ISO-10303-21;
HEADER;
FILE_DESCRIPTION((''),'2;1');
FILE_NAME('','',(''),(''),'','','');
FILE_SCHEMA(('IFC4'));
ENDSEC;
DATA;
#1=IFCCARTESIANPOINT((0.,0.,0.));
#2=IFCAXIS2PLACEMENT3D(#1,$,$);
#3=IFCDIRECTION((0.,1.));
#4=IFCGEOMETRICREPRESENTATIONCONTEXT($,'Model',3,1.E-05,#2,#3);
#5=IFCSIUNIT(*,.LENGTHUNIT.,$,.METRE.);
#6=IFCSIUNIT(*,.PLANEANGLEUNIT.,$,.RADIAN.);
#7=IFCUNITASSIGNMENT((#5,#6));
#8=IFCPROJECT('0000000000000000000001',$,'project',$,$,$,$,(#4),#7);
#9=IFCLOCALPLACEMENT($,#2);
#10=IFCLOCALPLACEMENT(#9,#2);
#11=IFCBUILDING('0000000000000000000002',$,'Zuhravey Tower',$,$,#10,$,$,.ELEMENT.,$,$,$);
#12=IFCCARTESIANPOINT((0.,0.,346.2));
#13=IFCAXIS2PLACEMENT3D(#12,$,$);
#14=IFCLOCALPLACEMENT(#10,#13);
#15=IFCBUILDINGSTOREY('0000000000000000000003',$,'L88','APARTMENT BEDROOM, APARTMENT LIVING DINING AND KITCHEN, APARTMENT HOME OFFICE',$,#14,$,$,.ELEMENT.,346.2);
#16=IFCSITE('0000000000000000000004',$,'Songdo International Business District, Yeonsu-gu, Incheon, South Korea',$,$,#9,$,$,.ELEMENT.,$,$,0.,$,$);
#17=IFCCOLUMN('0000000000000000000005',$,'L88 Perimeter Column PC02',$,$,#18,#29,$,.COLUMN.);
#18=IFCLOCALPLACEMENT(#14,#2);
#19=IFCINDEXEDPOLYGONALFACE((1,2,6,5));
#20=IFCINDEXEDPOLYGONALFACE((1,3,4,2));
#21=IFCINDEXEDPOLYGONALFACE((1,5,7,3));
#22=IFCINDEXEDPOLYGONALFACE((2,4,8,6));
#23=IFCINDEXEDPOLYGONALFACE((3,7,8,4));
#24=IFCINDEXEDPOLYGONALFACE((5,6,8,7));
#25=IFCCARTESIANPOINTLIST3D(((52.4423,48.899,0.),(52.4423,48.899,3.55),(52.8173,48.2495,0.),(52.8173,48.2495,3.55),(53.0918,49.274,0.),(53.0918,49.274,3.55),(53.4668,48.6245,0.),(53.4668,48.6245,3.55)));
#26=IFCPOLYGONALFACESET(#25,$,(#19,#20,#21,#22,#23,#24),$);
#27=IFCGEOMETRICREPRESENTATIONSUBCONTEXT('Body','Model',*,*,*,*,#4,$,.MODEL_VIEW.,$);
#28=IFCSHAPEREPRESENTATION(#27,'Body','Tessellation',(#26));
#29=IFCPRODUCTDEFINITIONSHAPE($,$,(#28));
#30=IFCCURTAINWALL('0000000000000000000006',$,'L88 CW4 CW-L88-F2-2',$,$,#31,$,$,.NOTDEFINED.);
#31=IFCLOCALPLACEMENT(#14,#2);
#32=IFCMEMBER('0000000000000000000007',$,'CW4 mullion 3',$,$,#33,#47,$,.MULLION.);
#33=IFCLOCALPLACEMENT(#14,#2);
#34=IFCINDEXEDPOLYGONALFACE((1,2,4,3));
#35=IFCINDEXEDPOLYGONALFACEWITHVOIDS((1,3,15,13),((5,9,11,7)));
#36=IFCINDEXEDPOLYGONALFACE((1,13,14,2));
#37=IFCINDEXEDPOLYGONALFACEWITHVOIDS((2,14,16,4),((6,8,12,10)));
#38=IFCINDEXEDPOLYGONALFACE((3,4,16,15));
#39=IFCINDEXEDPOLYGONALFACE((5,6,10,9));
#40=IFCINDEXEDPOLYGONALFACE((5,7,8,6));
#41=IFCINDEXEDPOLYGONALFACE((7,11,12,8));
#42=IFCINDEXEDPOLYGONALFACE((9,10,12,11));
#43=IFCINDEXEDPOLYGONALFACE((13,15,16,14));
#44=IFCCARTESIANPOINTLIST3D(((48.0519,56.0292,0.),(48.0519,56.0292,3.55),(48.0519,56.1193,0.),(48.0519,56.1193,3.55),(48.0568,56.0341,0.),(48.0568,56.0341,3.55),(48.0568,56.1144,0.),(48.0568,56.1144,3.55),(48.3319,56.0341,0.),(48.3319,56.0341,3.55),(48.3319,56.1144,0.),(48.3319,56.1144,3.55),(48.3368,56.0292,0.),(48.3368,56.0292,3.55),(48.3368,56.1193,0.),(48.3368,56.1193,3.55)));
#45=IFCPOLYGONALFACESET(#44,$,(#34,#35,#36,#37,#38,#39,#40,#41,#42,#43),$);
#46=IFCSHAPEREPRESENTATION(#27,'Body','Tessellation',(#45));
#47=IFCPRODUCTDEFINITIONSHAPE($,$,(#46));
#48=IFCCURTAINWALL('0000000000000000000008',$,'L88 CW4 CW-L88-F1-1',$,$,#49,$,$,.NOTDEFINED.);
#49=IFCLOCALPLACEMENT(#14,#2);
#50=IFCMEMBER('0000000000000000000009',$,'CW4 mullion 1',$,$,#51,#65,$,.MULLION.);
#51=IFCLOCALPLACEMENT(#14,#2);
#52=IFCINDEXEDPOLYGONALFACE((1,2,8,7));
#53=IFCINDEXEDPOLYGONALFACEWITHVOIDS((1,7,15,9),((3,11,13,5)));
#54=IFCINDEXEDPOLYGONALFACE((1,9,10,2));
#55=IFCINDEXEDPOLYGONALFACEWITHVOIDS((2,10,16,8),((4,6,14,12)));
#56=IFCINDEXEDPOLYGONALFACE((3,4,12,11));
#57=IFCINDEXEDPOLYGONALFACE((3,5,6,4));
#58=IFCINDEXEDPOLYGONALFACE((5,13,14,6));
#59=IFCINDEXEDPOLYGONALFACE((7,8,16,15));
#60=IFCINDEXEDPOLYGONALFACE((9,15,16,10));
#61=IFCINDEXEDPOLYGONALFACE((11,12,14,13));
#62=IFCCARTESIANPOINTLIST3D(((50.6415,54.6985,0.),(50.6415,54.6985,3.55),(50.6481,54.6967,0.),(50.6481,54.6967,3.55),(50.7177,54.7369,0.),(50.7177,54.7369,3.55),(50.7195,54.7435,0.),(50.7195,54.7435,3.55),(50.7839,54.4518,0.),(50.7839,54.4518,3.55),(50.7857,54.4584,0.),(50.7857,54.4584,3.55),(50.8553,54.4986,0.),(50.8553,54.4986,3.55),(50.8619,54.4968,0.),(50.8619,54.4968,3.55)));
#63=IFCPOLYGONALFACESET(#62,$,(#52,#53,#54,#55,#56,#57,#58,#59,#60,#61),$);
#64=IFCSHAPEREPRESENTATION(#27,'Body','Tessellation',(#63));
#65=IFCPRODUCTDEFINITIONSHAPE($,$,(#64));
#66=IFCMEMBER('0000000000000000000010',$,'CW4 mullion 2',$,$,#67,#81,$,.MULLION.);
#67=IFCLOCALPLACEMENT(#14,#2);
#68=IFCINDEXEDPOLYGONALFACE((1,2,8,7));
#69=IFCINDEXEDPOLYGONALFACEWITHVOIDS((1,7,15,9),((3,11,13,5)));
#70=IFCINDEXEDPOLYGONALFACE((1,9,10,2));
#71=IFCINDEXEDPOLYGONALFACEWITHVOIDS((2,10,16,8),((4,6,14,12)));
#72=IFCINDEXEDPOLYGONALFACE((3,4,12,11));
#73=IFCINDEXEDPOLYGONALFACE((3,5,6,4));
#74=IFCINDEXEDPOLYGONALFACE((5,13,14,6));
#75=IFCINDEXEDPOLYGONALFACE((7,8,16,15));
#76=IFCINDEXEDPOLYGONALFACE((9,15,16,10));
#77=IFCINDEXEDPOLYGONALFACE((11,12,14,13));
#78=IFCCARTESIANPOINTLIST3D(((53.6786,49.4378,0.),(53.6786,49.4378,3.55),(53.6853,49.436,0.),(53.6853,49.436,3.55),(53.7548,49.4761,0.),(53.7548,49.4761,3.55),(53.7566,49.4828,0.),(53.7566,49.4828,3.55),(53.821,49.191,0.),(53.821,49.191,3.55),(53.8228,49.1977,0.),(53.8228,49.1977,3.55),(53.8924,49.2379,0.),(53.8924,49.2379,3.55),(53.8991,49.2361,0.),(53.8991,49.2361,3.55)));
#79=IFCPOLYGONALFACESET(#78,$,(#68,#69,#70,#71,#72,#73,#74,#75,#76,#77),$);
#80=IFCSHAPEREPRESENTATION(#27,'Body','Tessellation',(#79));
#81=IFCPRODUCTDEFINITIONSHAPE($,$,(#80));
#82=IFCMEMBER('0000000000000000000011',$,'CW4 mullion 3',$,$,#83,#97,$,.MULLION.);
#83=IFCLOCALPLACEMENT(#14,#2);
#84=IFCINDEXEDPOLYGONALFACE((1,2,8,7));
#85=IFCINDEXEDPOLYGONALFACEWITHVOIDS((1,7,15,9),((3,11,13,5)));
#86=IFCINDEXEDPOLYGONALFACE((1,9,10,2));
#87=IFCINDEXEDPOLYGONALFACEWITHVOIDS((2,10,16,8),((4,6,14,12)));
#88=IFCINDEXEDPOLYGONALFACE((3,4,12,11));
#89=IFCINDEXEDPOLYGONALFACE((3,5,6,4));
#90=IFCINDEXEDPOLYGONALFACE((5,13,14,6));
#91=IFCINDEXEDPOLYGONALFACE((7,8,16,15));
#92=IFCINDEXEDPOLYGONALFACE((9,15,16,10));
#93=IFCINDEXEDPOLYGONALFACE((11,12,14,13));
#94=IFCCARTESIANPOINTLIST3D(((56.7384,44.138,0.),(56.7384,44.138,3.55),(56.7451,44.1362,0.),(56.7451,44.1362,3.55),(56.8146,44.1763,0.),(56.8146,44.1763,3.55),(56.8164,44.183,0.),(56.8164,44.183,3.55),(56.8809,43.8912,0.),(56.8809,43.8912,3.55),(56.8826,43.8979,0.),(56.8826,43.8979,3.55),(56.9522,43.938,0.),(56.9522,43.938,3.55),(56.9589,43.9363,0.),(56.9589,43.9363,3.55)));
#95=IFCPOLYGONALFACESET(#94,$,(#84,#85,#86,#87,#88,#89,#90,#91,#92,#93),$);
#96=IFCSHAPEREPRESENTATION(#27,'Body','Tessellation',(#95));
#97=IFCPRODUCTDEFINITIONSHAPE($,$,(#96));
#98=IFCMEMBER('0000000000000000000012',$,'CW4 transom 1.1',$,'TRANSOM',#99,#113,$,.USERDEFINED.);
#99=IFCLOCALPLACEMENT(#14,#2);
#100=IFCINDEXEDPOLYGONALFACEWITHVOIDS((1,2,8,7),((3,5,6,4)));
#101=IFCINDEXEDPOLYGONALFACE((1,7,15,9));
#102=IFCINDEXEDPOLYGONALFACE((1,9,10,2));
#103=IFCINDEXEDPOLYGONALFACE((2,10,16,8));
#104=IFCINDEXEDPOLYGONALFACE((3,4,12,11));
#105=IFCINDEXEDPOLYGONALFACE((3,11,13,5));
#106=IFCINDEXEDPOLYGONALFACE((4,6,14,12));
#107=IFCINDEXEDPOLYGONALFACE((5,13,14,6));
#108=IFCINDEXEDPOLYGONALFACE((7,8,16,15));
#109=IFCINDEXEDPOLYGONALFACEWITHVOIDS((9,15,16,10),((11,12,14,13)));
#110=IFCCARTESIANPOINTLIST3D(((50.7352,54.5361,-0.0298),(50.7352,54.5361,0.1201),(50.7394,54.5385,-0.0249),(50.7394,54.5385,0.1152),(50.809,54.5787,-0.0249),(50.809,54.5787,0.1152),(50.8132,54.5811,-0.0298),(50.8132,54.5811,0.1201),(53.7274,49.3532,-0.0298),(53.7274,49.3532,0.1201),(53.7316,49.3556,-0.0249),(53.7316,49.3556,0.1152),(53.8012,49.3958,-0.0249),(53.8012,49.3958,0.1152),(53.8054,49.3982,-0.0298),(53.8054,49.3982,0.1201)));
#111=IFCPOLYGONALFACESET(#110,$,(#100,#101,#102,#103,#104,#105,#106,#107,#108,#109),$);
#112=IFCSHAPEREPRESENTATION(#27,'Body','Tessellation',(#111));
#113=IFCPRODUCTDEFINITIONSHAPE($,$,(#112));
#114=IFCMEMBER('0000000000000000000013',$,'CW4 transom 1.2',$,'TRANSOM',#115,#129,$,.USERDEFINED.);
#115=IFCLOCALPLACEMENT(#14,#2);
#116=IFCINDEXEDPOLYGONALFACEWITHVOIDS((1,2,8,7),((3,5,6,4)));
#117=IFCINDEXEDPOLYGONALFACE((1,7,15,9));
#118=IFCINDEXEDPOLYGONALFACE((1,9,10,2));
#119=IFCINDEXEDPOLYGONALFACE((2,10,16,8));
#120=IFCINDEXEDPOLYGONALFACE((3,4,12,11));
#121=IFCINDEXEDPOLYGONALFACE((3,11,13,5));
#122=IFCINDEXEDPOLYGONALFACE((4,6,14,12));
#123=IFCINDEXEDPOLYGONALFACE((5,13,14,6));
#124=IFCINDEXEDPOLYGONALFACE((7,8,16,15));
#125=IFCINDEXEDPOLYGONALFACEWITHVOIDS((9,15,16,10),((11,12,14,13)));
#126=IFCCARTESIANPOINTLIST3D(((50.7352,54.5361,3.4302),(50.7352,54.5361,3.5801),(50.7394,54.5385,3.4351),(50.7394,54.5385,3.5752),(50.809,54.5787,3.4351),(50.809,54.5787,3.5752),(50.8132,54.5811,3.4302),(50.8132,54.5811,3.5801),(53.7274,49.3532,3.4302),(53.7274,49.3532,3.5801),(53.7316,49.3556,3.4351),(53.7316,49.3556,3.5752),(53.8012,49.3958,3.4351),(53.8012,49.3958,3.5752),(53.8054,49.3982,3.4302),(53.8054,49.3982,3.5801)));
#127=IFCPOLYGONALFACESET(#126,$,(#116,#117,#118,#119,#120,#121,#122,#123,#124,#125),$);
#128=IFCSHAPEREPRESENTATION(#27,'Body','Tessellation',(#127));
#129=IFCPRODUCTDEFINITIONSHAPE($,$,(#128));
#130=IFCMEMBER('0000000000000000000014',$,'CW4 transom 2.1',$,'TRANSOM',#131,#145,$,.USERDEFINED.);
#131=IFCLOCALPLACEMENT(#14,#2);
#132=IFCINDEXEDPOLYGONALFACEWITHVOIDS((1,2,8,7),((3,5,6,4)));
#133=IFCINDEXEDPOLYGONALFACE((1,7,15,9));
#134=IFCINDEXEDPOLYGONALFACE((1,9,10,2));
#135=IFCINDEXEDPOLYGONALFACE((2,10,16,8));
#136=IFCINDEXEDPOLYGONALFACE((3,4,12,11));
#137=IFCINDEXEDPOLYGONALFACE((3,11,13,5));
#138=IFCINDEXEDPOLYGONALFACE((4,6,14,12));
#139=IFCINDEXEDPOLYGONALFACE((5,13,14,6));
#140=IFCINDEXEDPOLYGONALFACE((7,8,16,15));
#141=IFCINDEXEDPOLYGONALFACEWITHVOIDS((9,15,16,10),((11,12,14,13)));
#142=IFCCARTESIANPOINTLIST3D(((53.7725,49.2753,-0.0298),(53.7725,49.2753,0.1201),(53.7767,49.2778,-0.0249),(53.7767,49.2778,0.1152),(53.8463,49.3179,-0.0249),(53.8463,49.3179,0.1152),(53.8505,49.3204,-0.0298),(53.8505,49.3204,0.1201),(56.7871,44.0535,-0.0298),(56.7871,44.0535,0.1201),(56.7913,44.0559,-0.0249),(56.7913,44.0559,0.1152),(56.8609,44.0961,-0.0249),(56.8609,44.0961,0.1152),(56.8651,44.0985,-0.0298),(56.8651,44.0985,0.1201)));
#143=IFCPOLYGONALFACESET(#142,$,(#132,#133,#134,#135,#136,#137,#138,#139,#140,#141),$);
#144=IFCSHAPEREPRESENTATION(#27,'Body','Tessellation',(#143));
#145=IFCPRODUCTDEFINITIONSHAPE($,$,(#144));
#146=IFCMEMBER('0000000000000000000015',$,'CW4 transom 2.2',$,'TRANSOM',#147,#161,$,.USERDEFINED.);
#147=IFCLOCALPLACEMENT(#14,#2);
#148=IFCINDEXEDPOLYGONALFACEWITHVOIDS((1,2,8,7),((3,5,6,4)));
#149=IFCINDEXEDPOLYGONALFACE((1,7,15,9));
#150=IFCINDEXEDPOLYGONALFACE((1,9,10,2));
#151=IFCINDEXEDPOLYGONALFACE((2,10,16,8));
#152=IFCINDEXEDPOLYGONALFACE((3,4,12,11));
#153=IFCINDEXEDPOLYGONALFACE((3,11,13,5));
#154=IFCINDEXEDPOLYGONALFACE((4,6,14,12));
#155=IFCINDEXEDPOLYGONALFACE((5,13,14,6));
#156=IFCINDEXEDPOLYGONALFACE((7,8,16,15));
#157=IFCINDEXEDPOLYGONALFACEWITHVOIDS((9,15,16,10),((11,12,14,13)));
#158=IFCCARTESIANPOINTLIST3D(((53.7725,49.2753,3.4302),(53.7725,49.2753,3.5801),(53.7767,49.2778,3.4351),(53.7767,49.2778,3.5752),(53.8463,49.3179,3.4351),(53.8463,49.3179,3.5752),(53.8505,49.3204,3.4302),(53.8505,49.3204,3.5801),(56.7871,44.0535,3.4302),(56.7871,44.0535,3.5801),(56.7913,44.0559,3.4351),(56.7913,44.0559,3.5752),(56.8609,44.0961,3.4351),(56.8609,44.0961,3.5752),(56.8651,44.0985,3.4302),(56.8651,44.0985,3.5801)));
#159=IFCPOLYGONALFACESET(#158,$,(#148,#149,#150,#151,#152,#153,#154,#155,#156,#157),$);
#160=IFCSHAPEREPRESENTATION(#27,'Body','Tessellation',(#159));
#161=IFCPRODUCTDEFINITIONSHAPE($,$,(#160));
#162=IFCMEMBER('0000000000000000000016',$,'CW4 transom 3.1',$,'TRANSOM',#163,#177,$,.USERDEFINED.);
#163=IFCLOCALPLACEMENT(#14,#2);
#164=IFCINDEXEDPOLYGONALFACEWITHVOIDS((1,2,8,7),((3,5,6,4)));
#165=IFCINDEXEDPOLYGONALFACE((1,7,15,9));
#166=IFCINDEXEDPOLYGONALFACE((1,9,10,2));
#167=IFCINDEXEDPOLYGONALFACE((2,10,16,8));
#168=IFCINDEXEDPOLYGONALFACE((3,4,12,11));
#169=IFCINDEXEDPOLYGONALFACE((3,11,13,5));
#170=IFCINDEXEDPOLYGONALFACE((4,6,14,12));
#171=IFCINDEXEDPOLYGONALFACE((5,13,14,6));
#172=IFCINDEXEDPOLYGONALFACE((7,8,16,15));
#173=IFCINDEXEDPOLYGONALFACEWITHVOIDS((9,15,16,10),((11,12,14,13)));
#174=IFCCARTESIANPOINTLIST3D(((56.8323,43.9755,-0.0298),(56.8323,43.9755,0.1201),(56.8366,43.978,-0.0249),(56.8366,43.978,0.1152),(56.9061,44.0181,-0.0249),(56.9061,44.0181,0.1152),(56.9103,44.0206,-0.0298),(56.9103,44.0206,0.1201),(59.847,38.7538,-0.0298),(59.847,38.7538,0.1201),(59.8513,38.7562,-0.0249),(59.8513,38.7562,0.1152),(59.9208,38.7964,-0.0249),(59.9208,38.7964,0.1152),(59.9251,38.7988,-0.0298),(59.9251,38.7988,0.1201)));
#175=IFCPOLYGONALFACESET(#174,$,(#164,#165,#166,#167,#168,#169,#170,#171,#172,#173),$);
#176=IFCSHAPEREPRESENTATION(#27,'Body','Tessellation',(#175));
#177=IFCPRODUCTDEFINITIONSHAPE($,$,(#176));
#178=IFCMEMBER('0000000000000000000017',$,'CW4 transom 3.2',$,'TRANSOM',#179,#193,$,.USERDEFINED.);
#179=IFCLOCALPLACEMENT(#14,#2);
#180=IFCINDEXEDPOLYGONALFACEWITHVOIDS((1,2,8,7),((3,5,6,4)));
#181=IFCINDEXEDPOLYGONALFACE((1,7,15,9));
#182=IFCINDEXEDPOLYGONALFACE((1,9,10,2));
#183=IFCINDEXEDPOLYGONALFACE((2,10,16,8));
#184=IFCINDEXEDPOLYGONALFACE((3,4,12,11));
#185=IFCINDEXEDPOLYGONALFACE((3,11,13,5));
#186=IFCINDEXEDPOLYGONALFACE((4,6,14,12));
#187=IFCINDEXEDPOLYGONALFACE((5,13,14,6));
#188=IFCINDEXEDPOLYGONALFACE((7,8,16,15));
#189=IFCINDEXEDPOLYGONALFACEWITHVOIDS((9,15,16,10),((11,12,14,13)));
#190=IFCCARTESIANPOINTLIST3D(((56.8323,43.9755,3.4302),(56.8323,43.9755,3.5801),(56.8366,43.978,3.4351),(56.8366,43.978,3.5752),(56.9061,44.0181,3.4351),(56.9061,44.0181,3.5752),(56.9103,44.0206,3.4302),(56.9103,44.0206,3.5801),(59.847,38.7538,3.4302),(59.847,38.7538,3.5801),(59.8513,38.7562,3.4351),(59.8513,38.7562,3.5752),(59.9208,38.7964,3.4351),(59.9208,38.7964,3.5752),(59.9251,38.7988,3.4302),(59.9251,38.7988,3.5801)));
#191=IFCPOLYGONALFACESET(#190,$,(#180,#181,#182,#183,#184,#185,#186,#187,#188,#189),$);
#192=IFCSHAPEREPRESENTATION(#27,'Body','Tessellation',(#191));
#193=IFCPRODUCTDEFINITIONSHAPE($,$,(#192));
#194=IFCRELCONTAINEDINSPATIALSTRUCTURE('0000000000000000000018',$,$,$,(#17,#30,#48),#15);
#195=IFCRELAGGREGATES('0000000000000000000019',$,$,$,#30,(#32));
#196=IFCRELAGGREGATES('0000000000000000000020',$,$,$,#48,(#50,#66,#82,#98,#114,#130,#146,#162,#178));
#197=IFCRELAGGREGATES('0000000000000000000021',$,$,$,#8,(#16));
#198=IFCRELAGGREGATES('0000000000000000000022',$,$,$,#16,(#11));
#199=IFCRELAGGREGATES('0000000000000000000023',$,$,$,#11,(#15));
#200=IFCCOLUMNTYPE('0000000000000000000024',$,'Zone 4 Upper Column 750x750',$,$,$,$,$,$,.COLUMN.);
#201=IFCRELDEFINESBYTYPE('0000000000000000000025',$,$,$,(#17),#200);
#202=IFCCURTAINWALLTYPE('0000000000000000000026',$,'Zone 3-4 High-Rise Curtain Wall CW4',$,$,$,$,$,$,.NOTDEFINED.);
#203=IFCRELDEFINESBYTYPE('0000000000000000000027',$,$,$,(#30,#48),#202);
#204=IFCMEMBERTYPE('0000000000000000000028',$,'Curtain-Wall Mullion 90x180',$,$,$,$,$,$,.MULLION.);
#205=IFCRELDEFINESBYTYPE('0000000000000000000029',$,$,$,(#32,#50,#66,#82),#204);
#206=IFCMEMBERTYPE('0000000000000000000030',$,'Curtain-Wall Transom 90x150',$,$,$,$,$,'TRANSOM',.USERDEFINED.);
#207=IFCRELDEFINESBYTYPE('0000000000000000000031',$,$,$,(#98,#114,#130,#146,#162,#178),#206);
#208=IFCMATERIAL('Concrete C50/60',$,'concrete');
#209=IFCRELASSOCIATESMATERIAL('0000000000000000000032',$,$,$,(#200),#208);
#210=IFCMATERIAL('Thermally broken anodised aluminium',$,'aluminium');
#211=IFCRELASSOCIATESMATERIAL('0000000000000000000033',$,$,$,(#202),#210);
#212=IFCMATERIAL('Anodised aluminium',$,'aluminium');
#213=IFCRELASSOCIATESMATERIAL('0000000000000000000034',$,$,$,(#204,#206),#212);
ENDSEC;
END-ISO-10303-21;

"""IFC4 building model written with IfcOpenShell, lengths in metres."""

from ifc_helpers import new_model, si_unit, direction, frame, origin, origin_2d, place, context, subcontext, project, spatial, rectangle, hollow_rectangle, extrude, material, material_profile, profile_set, type_object, element, aggregate, save


model = new_model("IFC4")

# Units and contexts
model_context = context("Model", 3, precision=1e-05, world=origin(), true_north=direction((0.0, 1.0)))
body_context = subcontext(model_context, "Body", "Model", "MODEL_VIEW")
ifc_project = project(units=[si_unit("LENGTHUNIT", "METRE"), si_unit("PLANEANGLEUNIT", "RADIAN")], contexts=[model_context])

# Site, building, storey
site_placement = place(None, origin())
site = spatial("IfcSite", under=ifc_project, at=site_placement, Name="Songdo International Business District, Yeonsu-gu, Incheon, South Korea", CompositionType="ELEMENT", RefElevation=0.0)
building_placement = place(site_placement, origin())
building = spatial("IfcBuilding", under=site, at=building_placement, Name="Zuhravey Tower", CompositionType="ELEMENT")
storey_placement = place(building_placement, frame((0.0, 0.0, 346.2)))
storey = spatial("IfcBuildingStorey", under=building, at=storey_placement, Name="L88", Description="APARTMENT BEDROOM, APARTMENT LIVING DINING AND KITCHEN, APARTMENT HOME OFFICE", CompositionType="ELEMENT", Elevation=346.2)

# Column
ifc_material_1 = material(Name="Concrete C50/60", Category="concrete")
ifc_material_profile_1 = material_profile(ifc_material_1, rectangle(XDim=0.75, YDim=0.75, at=origin_2d()), Name="RC-750x750")
ifc_profile_set_1 = profile_set([ifc_material_profile_1], Name="Concrete C50/60")
column_type = type_object("IfcColumnType", Name="Zone 4 Upper Column 750x750", PredefinedType="COLUMN", material=ifc_profile_set_1)
column_placement = place(storey_placement, frame((52.9546, 48.7617, 0.0), z_axis=(0.0, 0.0, 1.0), x_axis=(-0.5, 0.866025, 0.0)))
element("IfcColumn", 1, at=column_placement, inside=storey, type_object=column_type, Name="L88 Perimeter Column PC02", PredefinedType="COLUMN", context=body_context, shape_type="SweptSolid", body=[
    extrude(rectangle(XDim=0.75, YDim=0.75, at=origin_2d()), origin(), (0.0, 0.0, 1.0), 3.55),
])

# Curtain wall, member
ifc_material_2 = material(Name="Thermally broken anodised aluminium", Category="aluminium")
curtain_wall_type = type_object("IfcCurtainWallType", Name="Zone 3-4 High-Rise Curtain Wall CW4", PredefinedType="NOTDEFINED", material=ifc_material_2)
curtain_wall_1_placement = place(storey_placement, origin())
curtain_wall_1 = element("IfcCurtainWall", 2, at=curtain_wall_1_placement, inside=storey, type_object=curtain_wall_type, Name="L88 CW4 CW-L88-F2-2", PredefinedType="NOTDEFINED")
ifc_material_3 = material(Name="Anodised aluminium", Category="aluminium")
ifc_material_profile_2 = material_profile(ifc_material_3, hollow_rectangle(XDim=0.0901, YDim=0.2849, WallThickness=0.0049, at=origin_2d()), Name="ALU-RHS-90x285x5")
ifc_profile_set_2 = profile_set([ifc_material_profile_2], Name="Anodised aluminium")
member_type_1 = type_object("IfcMemberType", Name="Curtain-Wall Mullion 90x180", PredefinedType="MULLION", material=ifc_profile_set_2)
member_1_placement = place(storey_placement, frame((48.1943, 56.0742, 0.0), z_axis=(0.0, 0.0, 1.0), x_axis=(0.0, 1.0, 0.0)))
member_1 = element("IfcMember", 3, at=member_1_placement, type_object=member_type_1, Name="CW4 mullion 3", PredefinedType="MULLION", context=body_context, shape_type="SweptSolid", body=[
    extrude(hollow_rectangle(XDim=0.0901, YDim=0.2849, WallThickness=0.0049, at=origin_2d()), origin(), (0.0, 0.0, 1.0), 3.55),
])
aggregate(curtain_wall_1, [member_1])

# Curtain wall, members
curtain_wall_2_placement = place(storey_placement, origin())
curtain_wall_2 = element("IfcCurtainWall", 4, at=curtain_wall_2_placement, inside=storey, type_object=curtain_wall_type, Name="L88 CW4 CW-L88-F1-1", PredefinedType="NOTDEFINED")
member_2_placement = place(storey_placement, frame((50.7517, 54.5977, 0.0), z_axis=(0.0, 0.0, 1.0), x_axis=(0.866026, 0.5, 0.0)))
member_2 = element("IfcMember", 5, at=member_2_placement, type_object=member_type_1, Name="CW4 mullion 1", PredefinedType="MULLION", context=body_context, shape_type="SweptSolid", body=[
    extrude(hollow_rectangle(XDim=0.0901, YDim=0.2849, WallThickness=0.0049, at=origin_2d()), origin(), (0.0, 0.0, 1.0), 3.55),
])
member_3_placement = place(storey_placement, frame((53.7888, 49.3369, 0.0), z_axis=(0.0, 0.0, 1.0), x_axis=(0.866026, 0.5, 0.0)))
member_3 = element("IfcMember", 6, at=member_3_placement, type_object=member_type_1, Name="CW4 mullion 2", PredefinedType="MULLION", context=body_context, shape_type="SweptSolid", body=[
    extrude(hollow_rectangle(XDim=0.0901, YDim=0.2849, WallThickness=0.0049, at=origin_2d()), origin(), (0.0, 0.0, 1.0), 3.55),
])
member_4_placement = place(storey_placement, frame((56.8486, 44.0371, 0.0), z_axis=(0.0, 0.0, 1.0), x_axis=(0.866026, 0.5, 0.0)))
member_4 = element("IfcMember", 7, at=member_4_placement, type_object=member_type_1, Name="CW4 mullion 3", PredefinedType="MULLION", context=body_context, shape_type="SweptSolid", body=[
    extrude(hollow_rectangle(XDim=0.0901, YDim=0.2849, WallThickness=0.0049, at=origin_2d()), origin(), (0.0, 0.0, 1.0), 3.55),
])
ifc_material_profile_3 = material_profile(ifc_material_3, hollow_rectangle(XDim=0.0901, YDim=0.1499, WallThickness=0.0049, at=origin_2d()), Name="ALU-RHS-90x150x5")
ifc_profile_set_3 = profile_set([ifc_material_profile_3], Name="Anodised aluminium")
member_type_2 = type_object("IfcMemberType", Name="Curtain-Wall Transom 90x150", ElementType="TRANSOM", PredefinedType="USERDEFINED", material=ifc_profile_set_3)
member_5_placement = place(storey_placement, frame((50.7742, 54.5586, 0.0452), z_axis=(0.499983, -0.866035, 0.0), x_axis=(0.866035, 0.499983, 0.0)))
member_5 = element("IfcMember", 8, at=member_5_placement, type_object=member_type_2, Name="CW4 transom 1.1", ObjectType="TRANSOM", PredefinedType="USERDEFINED", context=body_context, shape_type="SweptSolid", body=[
    extrude(hollow_rectangle(XDim=0.0901, YDim=0.1499, WallThickness=0.0049, at=origin_2d()), origin(), (0.0, 0.0, 1.0), 5.9846),
])
member_6_placement = place(storey_placement, frame((50.7742, 54.5586, 3.5051), z_axis=(0.499983, -0.866035, 0.0), x_axis=(0.866035, 0.499983, 0.0)))
member_6 = element("IfcMember", 9, at=member_6_placement, type_object=member_type_2, Name="CW4 transom 1.2", ObjectType="TRANSOM", PredefinedType="USERDEFINED", context=body_context, shape_type="SweptSolid", body=[
    extrude(hollow_rectangle(XDim=0.0901, YDim=0.1499, WallThickness=0.0049, at=origin_2d()), origin(), (0.0, 0.0, 1.0), 5.9846),
])
member_7_placement = place(storey_placement, frame((53.8115, 49.2979, 0.0452), z_axis=(0.499971, -0.866042, 0.0), x_axis=(0.866042, 0.499971, 0.0)))
member_7 = element("IfcMember", 10, at=member_7_placement, type_object=member_type_2, Name="CW4 transom 2.1", ObjectType="TRANSOM", PredefinedType="USERDEFINED", context=body_context, shape_type="SweptSolid", body=[
    extrude(hollow_rectangle(XDim=0.0901, YDim=0.1499, WallThickness=0.0049, at=origin_2d()), origin(), (0.0, 0.0, 1.0), 6.0295),
])
member_8_placement = place(storey_placement, frame((53.8115, 49.2979, 3.5051), z_axis=(0.499971, -0.866042, 0.0), x_axis=(0.866042, 0.499971, 0.0)))
member_8 = element("IfcMember", 11, at=member_8_placement, type_object=member_type_2, Name="CW4 transom 2.2", ObjectType="TRANSOM", PredefinedType="USERDEFINED", context=body_context, shape_type="SweptSolid", body=[
    extrude(hollow_rectangle(XDim=0.0901, YDim=0.1499, WallThickness=0.0049, at=origin_2d()), origin(), (0.0, 0.0, 1.0), 6.0295),
])
member_9_placement = place(storey_placement, frame((56.8713, 43.998, 0.0452), z_axis=(0.499989, -0.866032, 0.0), x_axis=(0.866032, 0.499989, 0.0)))
member_9 = element("IfcMember", 12, at=member_9_placement, type_object=member_type_2, Name="CW4 transom 3.1", ObjectType="TRANSOM", PredefinedType="USERDEFINED", context=body_context, shape_type="SweptSolid", body=[
    extrude(hollow_rectangle(XDim=0.0901, YDim=0.1499, WallThickness=0.0049, at=origin_2d()), origin(), (0.0, 0.0, 1.0), 6.0295),
])
member_10_placement = place(storey_placement, frame((56.8713, 43.998, 3.5051), z_axis=(0.499989, -0.866032, 0.0), x_axis=(0.866032, 0.499989, 0.0)))
member_10 = element("IfcMember", 13, at=member_10_placement, type_object=member_type_2, Name="CW4 transom 3.2", ObjectType="TRANSOM", PredefinedType="USERDEFINED", context=body_context, shape_type="SweptSolid", body=[
    extrude(hollow_rectangle(XDim=0.0901, YDim=0.1499, WallThickness=0.0049, at=origin_2d()), origin(), (0.0, 0.0, 1.0), 6.0295),
])

aggregate(curtain_wall_2, [member_2, member_3, member_4, member_5, member_6, member_7, member_8, member_9, member_10])

save(model, "model.ifc")
